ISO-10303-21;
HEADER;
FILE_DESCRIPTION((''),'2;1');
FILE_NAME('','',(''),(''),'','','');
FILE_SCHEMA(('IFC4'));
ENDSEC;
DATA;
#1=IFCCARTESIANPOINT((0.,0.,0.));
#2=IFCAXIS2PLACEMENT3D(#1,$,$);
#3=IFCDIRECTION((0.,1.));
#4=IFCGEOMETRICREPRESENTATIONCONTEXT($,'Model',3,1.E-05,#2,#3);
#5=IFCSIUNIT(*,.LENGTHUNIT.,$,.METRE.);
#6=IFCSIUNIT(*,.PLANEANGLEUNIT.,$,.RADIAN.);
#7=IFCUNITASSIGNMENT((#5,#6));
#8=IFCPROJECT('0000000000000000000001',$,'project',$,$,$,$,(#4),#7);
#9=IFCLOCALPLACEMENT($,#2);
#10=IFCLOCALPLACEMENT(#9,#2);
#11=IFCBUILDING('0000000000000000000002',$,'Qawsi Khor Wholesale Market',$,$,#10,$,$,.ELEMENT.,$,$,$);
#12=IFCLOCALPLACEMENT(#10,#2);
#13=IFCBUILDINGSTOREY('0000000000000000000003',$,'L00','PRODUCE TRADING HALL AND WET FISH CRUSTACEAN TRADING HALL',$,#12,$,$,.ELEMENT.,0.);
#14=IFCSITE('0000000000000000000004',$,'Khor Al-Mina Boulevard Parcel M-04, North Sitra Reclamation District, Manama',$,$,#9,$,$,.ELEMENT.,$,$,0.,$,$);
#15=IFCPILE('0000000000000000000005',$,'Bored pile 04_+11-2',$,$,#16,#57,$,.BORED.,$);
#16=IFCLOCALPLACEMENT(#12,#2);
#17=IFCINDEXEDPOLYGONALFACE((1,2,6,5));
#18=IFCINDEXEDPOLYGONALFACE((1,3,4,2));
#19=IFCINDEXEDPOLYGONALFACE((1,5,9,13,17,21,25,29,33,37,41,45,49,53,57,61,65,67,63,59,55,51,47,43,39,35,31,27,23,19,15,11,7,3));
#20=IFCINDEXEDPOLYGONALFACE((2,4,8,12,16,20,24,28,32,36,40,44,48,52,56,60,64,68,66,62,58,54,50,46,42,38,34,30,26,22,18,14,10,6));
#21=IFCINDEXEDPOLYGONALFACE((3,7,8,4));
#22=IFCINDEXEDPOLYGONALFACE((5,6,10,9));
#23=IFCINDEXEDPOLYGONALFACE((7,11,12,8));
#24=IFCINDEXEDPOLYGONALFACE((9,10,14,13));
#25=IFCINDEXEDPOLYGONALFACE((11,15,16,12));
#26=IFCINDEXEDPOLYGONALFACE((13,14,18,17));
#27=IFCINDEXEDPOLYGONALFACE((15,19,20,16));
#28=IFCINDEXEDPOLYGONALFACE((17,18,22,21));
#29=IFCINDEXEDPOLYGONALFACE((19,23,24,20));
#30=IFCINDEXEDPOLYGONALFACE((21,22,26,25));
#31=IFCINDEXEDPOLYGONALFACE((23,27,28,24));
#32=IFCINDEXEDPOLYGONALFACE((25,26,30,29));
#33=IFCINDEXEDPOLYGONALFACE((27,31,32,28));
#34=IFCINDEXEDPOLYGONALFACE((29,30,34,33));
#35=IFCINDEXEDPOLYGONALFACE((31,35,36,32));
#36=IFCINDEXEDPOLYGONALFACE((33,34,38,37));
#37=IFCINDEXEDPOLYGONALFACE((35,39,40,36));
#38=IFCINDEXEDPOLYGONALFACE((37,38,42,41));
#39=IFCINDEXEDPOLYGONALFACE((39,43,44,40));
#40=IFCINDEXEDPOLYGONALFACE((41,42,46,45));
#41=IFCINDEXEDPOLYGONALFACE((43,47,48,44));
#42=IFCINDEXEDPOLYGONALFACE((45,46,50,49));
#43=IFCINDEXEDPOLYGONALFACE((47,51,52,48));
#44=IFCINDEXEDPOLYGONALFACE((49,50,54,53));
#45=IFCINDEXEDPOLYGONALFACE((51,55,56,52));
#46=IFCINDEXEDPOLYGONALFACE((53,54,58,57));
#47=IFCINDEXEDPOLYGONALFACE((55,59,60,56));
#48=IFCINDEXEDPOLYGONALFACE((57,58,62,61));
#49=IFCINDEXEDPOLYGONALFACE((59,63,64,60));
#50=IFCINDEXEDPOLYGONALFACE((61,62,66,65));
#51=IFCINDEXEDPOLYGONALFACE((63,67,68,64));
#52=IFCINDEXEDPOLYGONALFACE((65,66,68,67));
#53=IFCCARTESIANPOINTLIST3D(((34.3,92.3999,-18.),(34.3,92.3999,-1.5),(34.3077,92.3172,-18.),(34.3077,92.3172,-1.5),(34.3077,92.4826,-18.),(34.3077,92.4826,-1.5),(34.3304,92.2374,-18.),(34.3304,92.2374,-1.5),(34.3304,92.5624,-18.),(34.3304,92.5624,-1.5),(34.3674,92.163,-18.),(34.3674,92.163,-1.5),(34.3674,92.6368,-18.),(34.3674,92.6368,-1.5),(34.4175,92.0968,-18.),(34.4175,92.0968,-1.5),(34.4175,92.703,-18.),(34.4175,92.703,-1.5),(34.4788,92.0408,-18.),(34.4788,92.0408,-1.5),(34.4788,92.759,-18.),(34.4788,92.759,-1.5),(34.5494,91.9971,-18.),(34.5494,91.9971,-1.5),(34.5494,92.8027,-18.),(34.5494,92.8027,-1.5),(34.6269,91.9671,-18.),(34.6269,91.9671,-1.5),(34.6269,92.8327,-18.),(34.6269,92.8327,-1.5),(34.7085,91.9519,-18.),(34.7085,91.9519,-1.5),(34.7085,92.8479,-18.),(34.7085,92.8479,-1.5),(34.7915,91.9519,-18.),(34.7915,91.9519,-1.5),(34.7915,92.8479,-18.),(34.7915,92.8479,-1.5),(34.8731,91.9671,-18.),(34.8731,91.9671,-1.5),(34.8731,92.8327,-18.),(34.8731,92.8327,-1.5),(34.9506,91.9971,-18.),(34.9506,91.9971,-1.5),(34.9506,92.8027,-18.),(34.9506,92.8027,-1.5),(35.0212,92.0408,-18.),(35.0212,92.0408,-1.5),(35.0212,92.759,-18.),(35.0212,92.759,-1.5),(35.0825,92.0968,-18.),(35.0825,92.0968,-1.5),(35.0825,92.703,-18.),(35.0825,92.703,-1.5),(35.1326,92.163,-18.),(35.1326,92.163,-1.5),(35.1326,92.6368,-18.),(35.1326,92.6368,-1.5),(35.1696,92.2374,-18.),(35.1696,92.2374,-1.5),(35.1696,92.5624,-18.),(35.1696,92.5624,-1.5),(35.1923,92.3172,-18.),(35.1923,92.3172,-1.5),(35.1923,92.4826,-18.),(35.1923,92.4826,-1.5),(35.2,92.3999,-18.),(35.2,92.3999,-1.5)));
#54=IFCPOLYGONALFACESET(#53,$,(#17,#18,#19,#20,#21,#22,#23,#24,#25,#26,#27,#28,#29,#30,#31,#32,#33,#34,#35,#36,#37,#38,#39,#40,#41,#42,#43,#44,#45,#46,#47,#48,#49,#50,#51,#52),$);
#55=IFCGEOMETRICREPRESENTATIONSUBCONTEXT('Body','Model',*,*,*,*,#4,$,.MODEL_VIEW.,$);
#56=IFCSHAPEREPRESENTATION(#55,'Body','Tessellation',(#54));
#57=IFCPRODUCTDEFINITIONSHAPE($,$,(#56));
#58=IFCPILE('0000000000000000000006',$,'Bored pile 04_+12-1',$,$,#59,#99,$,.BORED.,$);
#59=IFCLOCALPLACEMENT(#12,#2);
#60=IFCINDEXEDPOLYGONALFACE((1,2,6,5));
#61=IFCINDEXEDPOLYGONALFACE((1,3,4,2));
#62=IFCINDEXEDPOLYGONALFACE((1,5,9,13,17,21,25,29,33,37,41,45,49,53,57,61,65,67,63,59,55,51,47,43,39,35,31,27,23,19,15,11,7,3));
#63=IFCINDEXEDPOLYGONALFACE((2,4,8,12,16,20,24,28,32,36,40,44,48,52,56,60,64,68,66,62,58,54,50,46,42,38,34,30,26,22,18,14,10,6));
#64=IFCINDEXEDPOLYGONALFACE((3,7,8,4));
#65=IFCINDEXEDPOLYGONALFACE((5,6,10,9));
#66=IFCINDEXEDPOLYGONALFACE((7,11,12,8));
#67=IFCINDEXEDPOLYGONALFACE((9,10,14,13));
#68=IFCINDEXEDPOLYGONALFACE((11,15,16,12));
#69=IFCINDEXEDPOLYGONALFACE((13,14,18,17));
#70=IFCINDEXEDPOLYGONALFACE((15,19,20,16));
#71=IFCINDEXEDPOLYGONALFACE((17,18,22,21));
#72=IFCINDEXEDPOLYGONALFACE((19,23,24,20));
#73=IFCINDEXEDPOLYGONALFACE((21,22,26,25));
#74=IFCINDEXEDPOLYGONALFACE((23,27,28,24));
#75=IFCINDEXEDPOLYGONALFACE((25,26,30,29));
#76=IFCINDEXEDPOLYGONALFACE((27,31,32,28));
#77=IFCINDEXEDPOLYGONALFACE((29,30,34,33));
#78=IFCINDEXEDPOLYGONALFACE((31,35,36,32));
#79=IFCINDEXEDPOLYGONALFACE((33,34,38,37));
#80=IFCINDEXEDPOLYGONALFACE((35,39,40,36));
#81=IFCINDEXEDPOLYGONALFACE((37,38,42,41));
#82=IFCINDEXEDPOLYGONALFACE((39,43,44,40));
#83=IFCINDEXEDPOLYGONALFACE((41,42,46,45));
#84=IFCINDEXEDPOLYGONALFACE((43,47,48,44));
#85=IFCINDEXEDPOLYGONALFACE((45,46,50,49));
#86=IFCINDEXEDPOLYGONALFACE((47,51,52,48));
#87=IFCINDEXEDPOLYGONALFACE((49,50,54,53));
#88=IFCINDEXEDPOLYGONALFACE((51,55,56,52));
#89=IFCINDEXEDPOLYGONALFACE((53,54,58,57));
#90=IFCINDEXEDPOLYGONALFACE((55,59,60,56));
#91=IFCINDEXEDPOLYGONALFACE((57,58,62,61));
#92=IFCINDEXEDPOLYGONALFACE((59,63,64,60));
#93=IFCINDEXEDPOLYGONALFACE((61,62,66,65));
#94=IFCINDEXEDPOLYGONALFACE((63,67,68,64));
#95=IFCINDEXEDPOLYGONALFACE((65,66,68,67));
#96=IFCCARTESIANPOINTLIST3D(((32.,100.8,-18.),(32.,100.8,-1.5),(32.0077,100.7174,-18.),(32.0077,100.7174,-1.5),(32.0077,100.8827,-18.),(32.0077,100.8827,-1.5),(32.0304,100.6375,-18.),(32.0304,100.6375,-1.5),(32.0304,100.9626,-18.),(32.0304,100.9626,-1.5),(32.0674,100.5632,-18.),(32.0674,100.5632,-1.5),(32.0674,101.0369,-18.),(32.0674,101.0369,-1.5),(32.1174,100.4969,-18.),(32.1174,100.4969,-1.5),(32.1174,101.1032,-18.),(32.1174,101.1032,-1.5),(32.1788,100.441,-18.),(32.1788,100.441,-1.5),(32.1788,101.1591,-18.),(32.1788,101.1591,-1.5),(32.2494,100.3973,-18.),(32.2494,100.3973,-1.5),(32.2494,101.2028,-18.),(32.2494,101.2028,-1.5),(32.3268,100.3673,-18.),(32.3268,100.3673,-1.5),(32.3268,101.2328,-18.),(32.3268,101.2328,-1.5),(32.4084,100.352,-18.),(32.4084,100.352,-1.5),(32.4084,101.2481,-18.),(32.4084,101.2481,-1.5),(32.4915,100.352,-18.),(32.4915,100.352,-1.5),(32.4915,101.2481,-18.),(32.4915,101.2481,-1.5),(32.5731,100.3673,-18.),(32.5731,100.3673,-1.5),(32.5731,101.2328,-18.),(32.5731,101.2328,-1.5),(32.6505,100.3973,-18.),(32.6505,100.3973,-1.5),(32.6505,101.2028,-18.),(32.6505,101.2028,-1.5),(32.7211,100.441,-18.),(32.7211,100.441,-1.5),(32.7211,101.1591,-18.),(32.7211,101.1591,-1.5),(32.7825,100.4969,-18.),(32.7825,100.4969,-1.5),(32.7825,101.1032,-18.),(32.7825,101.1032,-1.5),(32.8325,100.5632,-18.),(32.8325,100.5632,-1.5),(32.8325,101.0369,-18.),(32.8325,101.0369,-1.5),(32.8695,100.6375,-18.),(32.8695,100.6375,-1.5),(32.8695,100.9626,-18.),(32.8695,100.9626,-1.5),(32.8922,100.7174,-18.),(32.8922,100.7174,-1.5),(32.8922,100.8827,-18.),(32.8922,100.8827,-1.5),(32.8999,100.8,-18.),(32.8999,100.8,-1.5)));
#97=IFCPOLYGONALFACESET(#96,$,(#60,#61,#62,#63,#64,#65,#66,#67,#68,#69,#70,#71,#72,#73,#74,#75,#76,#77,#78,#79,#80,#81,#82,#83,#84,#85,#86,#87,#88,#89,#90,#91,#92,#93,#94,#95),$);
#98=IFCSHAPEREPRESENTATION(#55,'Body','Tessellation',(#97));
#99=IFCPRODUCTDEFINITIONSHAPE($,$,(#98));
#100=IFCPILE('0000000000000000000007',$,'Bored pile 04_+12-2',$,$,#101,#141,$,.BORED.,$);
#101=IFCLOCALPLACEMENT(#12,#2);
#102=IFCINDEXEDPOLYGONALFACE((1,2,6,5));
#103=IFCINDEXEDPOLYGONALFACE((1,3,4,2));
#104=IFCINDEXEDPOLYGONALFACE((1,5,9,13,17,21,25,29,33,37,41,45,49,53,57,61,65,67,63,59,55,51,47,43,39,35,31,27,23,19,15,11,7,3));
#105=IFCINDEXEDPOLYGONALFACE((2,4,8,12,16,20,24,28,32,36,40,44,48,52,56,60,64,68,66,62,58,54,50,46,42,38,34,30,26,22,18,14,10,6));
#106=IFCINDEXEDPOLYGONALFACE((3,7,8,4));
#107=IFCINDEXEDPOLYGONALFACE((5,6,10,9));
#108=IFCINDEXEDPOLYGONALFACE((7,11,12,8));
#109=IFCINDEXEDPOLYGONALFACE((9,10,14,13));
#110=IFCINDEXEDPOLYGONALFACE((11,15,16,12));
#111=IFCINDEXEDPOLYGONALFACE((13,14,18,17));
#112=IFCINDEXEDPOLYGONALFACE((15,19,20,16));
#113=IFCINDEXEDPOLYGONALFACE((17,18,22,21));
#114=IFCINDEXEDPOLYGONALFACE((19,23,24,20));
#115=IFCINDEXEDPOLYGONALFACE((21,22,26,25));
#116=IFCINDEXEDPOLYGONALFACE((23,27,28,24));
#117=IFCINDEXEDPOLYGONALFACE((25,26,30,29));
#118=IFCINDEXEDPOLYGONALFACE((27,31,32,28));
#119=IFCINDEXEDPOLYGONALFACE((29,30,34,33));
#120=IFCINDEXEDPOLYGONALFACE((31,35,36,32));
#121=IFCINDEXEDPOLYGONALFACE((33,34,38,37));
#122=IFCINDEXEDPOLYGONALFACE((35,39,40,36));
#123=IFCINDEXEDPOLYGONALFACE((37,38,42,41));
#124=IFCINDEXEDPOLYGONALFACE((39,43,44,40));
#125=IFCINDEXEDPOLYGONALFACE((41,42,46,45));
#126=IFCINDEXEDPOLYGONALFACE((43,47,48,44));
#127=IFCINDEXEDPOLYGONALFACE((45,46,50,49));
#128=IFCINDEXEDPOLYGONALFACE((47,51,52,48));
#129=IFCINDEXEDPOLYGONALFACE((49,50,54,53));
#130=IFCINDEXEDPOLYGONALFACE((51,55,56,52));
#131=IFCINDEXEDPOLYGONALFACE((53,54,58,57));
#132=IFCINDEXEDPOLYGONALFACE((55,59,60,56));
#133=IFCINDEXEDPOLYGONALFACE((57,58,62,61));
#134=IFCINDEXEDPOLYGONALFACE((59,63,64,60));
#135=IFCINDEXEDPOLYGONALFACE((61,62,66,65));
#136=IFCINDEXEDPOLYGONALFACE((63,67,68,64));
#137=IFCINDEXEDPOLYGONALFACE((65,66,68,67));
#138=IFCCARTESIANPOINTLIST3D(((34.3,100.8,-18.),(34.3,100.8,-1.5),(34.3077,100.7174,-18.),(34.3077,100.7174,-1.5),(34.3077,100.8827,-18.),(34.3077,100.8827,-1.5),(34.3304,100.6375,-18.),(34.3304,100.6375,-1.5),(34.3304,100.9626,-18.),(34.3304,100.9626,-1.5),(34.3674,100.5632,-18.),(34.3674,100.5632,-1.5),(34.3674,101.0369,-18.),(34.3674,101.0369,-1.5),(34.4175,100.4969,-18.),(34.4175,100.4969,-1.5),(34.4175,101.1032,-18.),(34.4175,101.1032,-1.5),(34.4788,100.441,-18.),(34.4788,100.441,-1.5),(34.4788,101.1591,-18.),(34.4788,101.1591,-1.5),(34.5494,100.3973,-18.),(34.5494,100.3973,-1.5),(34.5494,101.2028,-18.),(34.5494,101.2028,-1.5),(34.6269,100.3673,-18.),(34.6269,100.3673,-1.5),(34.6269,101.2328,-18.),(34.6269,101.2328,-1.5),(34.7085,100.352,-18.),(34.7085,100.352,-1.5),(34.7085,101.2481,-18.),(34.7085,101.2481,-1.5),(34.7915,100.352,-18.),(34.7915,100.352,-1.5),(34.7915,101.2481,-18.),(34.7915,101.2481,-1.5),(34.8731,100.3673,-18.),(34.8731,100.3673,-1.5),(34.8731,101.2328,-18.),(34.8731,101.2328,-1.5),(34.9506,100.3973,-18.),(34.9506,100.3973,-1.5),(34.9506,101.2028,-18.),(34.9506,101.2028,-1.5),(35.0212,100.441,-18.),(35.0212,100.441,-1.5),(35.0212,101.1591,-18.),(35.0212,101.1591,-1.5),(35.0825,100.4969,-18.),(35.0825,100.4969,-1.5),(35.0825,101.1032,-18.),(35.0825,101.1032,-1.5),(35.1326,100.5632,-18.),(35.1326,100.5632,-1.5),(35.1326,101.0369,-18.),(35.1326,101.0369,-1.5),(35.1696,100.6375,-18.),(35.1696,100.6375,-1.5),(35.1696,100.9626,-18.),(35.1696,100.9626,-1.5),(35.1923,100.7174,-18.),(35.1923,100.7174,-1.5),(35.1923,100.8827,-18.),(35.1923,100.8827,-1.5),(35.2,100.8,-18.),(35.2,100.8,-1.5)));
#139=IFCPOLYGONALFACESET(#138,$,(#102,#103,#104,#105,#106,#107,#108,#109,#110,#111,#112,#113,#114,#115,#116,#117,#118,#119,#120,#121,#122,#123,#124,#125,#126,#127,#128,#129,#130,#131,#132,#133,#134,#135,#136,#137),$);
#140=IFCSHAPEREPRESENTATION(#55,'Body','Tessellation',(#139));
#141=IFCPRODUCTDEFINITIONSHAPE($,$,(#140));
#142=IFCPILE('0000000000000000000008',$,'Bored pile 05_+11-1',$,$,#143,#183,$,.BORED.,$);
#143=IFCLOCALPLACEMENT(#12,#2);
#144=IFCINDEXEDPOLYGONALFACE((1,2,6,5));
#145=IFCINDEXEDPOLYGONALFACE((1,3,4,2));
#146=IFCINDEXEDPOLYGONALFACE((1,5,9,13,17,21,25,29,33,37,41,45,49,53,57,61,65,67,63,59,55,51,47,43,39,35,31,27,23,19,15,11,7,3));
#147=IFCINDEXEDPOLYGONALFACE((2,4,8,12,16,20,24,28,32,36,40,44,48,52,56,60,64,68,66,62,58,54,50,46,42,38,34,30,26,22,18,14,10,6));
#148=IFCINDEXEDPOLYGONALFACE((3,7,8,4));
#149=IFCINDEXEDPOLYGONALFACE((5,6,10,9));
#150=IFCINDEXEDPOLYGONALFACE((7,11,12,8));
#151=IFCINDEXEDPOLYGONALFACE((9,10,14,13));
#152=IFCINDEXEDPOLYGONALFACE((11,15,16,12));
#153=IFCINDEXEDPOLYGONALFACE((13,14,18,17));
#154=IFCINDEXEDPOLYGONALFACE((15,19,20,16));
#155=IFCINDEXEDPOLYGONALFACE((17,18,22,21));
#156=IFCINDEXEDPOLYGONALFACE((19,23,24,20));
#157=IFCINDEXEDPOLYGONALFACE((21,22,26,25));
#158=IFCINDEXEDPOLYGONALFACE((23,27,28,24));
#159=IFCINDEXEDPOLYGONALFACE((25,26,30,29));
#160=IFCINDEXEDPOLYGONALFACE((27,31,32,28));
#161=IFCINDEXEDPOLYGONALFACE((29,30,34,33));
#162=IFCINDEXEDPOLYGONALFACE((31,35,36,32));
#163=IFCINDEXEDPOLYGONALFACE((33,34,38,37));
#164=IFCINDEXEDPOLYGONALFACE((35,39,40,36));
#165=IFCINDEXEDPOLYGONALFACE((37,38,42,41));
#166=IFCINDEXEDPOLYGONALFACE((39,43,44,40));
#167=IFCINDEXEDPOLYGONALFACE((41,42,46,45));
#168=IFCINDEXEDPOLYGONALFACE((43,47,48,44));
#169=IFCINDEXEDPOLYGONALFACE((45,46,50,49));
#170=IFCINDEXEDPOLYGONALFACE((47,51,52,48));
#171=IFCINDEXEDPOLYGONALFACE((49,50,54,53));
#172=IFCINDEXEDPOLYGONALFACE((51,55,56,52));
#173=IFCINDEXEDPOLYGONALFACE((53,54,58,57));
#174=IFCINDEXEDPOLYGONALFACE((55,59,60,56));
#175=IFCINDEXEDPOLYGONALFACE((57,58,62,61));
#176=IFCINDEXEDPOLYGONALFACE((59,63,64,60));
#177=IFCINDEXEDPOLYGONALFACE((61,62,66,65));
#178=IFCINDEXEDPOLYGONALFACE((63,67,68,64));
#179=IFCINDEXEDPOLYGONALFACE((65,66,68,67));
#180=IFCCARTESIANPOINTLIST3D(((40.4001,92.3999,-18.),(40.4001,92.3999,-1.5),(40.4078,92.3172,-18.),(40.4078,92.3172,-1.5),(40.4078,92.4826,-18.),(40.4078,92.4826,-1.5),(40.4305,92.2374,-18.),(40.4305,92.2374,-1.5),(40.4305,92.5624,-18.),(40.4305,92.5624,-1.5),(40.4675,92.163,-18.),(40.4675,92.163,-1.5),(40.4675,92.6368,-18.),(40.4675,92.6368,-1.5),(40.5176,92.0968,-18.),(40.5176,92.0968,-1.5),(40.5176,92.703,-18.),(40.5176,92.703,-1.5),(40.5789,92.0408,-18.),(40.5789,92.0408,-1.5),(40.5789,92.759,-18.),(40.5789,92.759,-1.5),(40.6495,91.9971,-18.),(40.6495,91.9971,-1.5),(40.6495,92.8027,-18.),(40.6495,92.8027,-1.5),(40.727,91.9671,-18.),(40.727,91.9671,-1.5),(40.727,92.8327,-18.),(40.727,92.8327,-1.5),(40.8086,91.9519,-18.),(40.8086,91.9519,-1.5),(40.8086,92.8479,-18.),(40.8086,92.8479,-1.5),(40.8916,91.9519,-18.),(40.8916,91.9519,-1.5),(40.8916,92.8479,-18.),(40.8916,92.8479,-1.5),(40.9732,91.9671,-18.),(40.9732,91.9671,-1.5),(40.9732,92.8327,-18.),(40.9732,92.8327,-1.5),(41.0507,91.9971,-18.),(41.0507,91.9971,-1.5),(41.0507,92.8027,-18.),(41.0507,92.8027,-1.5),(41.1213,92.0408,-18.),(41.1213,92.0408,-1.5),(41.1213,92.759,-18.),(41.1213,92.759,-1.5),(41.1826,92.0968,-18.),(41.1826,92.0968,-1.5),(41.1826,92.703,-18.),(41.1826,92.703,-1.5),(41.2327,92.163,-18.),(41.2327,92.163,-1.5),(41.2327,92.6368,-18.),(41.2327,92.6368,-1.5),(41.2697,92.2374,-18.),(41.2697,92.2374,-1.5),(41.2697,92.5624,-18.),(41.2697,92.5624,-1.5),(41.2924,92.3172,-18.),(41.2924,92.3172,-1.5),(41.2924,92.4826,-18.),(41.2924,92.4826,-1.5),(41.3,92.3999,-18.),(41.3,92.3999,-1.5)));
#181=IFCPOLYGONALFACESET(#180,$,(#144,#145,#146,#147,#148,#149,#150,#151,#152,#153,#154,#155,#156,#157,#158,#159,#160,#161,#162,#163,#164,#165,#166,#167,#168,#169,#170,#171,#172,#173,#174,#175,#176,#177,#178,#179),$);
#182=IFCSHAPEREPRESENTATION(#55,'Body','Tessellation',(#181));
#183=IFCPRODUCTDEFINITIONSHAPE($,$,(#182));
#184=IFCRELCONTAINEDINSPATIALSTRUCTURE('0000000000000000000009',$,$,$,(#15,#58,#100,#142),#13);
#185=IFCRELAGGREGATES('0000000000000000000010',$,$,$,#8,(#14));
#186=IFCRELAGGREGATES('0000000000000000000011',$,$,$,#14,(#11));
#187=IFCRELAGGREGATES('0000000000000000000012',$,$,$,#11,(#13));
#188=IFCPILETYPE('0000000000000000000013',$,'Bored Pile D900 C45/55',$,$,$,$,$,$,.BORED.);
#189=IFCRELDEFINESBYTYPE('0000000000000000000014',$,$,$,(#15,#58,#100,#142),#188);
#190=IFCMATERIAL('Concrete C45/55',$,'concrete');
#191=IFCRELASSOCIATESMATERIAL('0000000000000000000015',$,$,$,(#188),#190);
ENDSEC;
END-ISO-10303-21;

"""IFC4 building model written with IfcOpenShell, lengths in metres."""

from ifc_helpers import new_model, si_unit, direction, frame, origin, origin_2d, place, context, subcontext, project, spatial, circle, extrude, material, material_profile, profile_set, type_object, element, save


model = new_model("IFC4")

# Units and contexts
model_context = context("Model", 3, precision=1e-05, world=origin(), true_north=direction((0.0, 1.0)))
body_context = subcontext(model_context, "Body", "Model", "MODEL_VIEW")
ifc_project = project(units=[si_unit("LENGTHUNIT", "METRE"), si_unit("PLANEANGLEUNIT", "RADIAN")], contexts=[model_context])

# Site, building, storey
site_placement = place(None, origin())
site = spatial("IfcSite", under=ifc_project, at=site_placement, Name="Khor Al-Mina Boulevard Parcel M-04, North Sitra Reclamation District, Manama", CompositionType="ELEMENT", RefElevation=0.0)
building_placement = place(site_placement, origin())
building = spatial("IfcBuilding", under=site, at=building_placement, Name="Qawsi Khor Wholesale Market", CompositionType="ELEMENT")
storey_placement = place(building_placement, origin())
storey = spatial("IfcBuildingStorey", under=building, at=storey_placement, Name="L00", Description="PRODUCE TRADING HALL AND WET FISH CRUSTACEAN TRADING HALL", CompositionType="ELEMENT", Elevation=0.0)

# Piles
ifc_material_1 = material(Name="Concrete C45/55", Category="concrete")
ifc_material_profile_1 = material_profile(ifc_material_1, circle(Radius=0.45, at=origin_2d()), Name="PILE D900")
ifc_profile_set_1 = profile_set([ifc_material_profile_1], Name="Concrete C45/55")
pile_type_1 = type_object("IfcPileType", Name="Bored Pile D900 C45/55", PredefinedType="BORED", material=ifc_profile_set_1)
for number, where, z_axis, x_axis, name in (
    (1, (34.75, 92.3999, -1.5), (0.0, 0.0, -1.0), (1.0, 0.0, 0.0), "Bored pile 04_+11-2"),
    (2, (32.45, 100.8, -1.5), (0.0, 0.0, -1.0), (1.0, 0.0, 0.0), "Bored pile 04_+12-1"),
    (3, (34.75, 100.8, -1.5), (0.0, 0.0, -1.0), (1.0, 0.0, 0.0), "Bored pile 04_+12-2"),
    (4, (40.8501, 92.3999, -1.5), (0.0, 0.0, -1.0), (1.0, 0.0, 0.0), "Bored pile 05_+11-1"),
):
    element("IfcPile", number, at=place(storey_placement, frame(where, z_axis=z_axis, x_axis=x_axis)), inside=storey, type_object=pile_type_1, Name=name, PredefinedType="BORED", context=body_context, shape_type="SweptSolid", body=[
        extrude(circle(Radius=0.45, at=origin_2d()), origin(), (0.0, 0.0, 1.0), 16.5),
    ])

save(model, "model.ifc")
